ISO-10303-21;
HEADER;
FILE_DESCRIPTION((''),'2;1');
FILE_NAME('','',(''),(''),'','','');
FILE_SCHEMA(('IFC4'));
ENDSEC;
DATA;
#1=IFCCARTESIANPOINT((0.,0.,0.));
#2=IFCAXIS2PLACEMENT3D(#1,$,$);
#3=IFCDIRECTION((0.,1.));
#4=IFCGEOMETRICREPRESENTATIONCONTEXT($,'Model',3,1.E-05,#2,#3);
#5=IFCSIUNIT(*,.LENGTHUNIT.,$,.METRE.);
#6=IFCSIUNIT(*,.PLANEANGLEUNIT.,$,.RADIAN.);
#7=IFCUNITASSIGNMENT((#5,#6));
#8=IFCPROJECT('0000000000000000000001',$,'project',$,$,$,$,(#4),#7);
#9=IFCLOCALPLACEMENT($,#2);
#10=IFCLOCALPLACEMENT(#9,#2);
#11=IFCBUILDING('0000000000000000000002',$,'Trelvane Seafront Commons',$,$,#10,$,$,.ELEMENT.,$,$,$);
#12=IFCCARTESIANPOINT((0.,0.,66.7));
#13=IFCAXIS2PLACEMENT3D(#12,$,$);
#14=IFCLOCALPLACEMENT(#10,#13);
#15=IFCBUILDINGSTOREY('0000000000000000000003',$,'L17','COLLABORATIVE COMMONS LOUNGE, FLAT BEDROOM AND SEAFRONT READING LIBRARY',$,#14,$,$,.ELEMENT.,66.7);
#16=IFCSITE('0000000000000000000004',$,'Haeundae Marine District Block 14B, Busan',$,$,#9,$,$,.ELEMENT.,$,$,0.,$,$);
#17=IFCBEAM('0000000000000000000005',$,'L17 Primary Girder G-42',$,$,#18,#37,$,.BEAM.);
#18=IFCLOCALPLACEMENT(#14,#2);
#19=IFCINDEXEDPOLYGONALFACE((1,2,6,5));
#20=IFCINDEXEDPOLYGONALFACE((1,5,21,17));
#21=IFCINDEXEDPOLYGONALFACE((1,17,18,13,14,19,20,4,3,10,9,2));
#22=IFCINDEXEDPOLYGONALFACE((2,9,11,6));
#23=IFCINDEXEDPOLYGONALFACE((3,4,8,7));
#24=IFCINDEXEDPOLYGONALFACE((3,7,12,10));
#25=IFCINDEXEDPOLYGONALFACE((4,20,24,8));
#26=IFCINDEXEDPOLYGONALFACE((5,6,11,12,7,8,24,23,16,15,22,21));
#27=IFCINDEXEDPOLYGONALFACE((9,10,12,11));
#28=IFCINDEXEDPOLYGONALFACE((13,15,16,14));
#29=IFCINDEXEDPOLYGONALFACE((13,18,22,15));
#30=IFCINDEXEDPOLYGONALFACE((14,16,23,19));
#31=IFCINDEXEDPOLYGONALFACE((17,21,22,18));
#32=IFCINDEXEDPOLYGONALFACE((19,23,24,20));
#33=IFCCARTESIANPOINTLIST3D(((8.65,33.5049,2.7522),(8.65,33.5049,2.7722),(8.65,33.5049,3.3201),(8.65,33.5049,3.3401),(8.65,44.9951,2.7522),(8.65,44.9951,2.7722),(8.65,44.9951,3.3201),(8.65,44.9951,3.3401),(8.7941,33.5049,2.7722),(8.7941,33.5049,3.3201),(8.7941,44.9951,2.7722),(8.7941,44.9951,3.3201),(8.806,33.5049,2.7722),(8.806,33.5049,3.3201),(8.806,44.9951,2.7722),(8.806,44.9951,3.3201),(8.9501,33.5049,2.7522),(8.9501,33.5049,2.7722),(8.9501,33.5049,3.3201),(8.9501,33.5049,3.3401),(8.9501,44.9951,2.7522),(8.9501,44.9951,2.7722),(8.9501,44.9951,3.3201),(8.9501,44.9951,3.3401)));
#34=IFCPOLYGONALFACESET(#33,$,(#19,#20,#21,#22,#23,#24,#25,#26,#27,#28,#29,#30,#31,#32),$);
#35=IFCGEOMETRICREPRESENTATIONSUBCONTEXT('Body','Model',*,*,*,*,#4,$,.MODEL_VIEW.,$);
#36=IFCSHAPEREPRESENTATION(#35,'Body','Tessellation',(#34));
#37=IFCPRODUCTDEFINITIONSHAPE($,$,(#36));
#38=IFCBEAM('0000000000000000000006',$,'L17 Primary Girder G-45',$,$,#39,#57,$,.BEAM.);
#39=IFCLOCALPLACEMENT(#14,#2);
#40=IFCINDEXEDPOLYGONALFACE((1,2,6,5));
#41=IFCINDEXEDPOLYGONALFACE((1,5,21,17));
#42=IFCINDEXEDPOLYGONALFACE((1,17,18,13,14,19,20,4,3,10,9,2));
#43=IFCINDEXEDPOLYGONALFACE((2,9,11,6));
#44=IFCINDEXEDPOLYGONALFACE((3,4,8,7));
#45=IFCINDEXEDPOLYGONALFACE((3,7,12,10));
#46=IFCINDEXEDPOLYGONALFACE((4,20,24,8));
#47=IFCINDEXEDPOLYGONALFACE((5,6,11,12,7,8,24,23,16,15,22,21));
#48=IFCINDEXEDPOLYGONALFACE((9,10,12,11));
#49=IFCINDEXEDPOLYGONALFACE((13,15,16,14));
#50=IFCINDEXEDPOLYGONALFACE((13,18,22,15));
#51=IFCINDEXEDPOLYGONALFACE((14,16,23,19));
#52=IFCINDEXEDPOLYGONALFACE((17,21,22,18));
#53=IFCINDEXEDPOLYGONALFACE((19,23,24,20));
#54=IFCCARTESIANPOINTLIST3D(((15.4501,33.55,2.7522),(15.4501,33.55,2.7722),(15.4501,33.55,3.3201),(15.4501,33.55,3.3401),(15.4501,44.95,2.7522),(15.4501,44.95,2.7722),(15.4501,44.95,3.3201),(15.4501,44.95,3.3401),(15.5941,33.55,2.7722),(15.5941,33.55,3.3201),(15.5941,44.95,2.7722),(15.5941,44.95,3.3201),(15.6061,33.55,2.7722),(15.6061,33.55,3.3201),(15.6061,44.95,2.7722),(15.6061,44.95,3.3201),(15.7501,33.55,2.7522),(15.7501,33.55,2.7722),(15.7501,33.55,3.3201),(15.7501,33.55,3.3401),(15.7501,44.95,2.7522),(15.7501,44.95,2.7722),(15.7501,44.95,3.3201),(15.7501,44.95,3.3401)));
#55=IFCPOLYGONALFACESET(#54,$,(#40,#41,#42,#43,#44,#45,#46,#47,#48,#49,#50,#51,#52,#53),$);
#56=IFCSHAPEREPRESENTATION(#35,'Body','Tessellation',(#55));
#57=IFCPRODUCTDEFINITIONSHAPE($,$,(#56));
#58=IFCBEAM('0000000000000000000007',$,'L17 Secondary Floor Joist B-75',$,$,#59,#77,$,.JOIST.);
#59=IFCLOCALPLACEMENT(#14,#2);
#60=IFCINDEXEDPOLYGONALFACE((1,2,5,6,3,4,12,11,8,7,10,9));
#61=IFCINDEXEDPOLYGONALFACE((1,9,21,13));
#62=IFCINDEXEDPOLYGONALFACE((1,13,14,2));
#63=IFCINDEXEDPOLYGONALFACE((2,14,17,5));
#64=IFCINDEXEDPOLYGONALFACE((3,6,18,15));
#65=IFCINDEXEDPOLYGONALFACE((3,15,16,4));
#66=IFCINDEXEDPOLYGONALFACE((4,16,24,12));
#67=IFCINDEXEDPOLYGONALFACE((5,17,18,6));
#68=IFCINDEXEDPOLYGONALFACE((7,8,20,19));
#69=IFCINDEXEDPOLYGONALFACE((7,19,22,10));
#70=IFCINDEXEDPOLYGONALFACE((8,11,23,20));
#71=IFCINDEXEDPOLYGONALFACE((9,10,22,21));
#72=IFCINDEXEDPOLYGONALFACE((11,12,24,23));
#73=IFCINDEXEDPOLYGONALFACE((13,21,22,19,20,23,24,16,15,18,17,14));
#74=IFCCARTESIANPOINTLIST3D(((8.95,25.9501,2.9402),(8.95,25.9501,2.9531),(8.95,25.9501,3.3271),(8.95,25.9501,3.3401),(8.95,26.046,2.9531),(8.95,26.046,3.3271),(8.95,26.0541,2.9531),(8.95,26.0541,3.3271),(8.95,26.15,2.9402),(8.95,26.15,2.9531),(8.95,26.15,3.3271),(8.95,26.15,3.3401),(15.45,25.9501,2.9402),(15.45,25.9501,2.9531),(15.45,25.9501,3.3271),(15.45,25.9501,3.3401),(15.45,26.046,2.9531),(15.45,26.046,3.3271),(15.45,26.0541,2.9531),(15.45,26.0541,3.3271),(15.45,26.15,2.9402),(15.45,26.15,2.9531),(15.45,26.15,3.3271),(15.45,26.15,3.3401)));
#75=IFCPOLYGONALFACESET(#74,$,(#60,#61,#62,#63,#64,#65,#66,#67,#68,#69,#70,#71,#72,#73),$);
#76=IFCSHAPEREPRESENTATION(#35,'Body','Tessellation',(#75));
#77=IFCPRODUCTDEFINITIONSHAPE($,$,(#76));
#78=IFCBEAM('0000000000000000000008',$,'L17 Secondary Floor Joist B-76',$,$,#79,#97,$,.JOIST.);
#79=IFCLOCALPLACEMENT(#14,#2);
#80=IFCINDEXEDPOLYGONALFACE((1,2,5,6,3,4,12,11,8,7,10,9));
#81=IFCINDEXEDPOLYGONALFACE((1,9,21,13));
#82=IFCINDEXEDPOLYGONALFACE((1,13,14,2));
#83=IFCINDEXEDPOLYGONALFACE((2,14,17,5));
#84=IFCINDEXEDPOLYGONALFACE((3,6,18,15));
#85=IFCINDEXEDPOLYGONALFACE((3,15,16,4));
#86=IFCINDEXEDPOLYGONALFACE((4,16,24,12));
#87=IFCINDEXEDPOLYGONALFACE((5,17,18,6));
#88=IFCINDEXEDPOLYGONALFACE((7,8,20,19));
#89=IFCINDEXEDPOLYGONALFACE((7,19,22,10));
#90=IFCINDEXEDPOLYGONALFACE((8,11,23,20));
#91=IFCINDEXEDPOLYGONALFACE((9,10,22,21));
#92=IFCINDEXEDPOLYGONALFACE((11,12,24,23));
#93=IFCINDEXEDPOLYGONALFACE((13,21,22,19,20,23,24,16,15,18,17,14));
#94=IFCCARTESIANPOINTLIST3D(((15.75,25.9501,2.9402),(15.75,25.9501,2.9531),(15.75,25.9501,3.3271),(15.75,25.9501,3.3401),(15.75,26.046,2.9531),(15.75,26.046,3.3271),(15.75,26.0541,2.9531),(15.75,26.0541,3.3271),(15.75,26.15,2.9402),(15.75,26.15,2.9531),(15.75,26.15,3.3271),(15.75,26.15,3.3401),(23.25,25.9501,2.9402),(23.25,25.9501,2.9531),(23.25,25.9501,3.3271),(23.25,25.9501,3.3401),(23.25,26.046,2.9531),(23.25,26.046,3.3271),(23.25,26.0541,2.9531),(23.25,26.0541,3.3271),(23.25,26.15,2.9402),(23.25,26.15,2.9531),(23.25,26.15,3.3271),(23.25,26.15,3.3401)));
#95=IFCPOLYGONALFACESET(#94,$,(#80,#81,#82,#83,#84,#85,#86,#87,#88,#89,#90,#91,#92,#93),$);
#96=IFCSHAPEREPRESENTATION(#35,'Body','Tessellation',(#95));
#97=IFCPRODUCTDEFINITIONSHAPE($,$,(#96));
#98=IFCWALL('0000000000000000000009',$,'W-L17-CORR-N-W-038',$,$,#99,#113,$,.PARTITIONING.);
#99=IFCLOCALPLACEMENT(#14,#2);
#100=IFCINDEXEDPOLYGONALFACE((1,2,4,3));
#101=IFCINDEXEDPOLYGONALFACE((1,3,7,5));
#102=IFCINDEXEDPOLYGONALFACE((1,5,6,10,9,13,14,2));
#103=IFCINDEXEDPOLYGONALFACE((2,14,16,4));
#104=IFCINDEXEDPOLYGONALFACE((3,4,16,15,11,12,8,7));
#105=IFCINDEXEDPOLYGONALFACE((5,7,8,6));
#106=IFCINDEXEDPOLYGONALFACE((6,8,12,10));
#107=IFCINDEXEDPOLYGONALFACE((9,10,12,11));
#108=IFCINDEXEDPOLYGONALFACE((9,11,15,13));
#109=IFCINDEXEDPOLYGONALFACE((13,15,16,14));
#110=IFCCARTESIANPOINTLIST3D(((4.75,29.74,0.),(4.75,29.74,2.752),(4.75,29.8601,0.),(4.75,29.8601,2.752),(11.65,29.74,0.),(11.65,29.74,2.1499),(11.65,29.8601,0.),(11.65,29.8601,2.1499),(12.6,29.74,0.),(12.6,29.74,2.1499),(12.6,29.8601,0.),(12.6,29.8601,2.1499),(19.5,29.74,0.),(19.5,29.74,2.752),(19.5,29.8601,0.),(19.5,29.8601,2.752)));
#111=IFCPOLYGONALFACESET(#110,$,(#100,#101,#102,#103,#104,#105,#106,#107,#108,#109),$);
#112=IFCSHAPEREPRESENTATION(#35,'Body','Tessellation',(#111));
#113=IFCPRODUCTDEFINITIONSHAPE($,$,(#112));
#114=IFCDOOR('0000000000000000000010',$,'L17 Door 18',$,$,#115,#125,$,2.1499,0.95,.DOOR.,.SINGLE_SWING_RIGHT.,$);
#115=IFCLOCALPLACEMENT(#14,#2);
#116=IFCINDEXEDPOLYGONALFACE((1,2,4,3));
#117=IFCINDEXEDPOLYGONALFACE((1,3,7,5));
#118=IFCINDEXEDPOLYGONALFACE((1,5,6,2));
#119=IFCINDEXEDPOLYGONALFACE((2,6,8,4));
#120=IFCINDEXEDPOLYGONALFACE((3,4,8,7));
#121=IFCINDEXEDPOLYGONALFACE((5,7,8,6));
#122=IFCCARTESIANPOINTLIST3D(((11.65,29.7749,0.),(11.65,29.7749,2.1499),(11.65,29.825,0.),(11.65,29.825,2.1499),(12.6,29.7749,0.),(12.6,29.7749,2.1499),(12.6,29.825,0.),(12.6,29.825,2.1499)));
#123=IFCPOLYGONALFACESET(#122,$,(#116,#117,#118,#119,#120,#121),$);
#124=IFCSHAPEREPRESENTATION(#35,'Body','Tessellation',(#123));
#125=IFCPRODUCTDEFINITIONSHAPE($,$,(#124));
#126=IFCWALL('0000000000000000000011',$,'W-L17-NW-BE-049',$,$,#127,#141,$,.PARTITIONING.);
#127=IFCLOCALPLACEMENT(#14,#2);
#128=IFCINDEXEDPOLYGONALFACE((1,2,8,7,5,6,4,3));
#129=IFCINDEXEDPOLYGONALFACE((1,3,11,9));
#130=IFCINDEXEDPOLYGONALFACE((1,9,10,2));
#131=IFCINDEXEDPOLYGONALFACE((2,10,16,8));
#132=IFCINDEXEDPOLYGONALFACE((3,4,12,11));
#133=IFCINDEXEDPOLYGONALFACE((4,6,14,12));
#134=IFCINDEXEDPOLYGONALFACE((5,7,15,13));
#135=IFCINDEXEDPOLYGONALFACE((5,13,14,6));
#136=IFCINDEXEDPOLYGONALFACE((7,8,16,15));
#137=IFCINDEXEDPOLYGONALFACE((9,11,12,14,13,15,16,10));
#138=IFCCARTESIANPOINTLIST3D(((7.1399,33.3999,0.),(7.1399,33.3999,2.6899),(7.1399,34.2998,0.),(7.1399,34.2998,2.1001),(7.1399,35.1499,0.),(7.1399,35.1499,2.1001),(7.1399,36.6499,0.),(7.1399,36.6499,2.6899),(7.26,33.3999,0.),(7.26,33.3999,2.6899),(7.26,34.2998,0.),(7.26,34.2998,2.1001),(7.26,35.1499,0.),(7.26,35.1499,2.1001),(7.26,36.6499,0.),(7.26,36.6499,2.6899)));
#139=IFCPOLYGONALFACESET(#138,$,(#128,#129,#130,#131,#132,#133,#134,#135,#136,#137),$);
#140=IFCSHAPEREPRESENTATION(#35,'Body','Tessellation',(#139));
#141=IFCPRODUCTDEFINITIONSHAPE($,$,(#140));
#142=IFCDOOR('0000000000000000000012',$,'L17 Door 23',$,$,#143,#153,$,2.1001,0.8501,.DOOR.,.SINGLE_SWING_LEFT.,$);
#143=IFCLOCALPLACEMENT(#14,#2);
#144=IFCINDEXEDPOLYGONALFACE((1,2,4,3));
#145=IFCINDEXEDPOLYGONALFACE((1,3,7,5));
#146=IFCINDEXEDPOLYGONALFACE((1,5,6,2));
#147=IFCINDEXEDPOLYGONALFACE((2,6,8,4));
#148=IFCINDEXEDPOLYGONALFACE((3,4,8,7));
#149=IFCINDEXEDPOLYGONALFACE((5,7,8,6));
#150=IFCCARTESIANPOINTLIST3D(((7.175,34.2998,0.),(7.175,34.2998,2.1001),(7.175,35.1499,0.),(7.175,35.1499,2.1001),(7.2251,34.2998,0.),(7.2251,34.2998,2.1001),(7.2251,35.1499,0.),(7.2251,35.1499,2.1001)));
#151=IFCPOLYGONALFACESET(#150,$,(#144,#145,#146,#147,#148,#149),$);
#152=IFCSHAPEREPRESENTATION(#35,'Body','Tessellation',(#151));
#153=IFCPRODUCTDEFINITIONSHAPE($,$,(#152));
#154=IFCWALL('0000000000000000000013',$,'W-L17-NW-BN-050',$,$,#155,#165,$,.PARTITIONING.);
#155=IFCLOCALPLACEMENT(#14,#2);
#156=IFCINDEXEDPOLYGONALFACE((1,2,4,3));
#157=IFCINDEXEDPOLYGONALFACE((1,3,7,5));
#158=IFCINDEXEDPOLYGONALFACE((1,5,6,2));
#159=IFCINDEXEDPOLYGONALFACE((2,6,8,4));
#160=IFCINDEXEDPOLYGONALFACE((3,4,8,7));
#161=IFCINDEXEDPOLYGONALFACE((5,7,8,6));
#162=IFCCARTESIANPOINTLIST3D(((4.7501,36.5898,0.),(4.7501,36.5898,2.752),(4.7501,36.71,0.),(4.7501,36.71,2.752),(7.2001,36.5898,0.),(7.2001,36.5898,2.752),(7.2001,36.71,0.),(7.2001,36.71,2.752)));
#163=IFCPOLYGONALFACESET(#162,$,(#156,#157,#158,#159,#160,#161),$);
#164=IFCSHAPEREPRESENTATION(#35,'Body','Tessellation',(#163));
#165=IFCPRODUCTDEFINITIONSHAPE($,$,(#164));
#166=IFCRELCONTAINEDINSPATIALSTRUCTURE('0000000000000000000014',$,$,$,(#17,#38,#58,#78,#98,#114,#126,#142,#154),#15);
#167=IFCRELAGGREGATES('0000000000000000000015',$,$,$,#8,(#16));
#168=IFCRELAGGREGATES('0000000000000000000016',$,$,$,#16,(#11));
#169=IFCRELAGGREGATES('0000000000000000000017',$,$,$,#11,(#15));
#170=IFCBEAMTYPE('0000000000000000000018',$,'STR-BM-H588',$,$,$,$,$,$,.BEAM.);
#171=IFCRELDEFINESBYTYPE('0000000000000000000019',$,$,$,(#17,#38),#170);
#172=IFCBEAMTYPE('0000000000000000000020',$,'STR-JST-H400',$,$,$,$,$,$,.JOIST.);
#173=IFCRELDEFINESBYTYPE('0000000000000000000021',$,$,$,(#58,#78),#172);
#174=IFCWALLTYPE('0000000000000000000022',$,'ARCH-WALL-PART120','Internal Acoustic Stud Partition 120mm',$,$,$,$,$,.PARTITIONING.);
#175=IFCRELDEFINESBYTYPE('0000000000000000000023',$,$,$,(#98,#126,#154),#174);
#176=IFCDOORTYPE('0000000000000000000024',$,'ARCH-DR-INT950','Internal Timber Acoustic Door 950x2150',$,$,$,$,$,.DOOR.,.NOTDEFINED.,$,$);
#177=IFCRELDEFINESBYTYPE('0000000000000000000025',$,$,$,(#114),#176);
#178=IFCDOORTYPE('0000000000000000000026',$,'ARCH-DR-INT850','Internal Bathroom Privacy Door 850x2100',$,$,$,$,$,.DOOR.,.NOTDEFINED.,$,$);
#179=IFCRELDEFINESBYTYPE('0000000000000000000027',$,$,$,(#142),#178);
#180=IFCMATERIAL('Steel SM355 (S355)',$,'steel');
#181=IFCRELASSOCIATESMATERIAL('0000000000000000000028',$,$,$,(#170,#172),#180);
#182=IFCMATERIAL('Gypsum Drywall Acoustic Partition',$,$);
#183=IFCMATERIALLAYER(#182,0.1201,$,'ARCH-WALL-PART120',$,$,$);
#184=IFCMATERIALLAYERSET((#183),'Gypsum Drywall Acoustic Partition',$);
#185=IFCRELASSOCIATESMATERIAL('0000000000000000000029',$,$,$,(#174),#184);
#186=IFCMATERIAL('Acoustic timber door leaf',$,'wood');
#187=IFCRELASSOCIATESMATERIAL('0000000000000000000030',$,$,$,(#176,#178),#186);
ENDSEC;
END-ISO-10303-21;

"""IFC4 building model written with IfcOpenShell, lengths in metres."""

from ifc_helpers import new_model, si_unit, direction, frame, frame_2d, origin, origin_2d, place, context, subcontext, project, spatial, rectangle, i_section, extrude, source, transform, mapped, material, layer, layer_set, material_profile, profile_set, type_object, element, fill, save


model = new_model("IFC4")

# Units and contexts
model_context = context("Model", 3, precision=1e-05, world=origin(), true_north=direction((0.0, 1.0)))
body_context = subcontext(model_context, "Body", "Model", "MODEL_VIEW")
ifc_project = project(units=[si_unit("LENGTHUNIT", "METRE"), si_unit("PLANEANGLEUNIT", "RADIAN")], contexts=[model_context])

# Site, building, storey
site_placement = place(None, origin())
site = spatial("IfcSite", under=ifc_project, at=site_placement, Name="Haeundae Marine District Block 14B, Busan", CompositionType="ELEMENT", RefElevation=0.0)
building_placement = place(site_placement, origin())
building = spatial("IfcBuilding", under=site, at=building_placement, Name="Trelvane Seafront Commons", CompositionType="ELEMENT")
storey_placement = place(building_placement, frame((0.0, 0.0, 66.7)))
storey = spatial("IfcBuildingStorey", under=building, at=storey_placement, Name="L17", Description="COLLABORATIVE COMMONS LOUNGE, FLAT BEDROOM AND SEAFRONT READING LIBRARY", CompositionType="ELEMENT", Elevation=66.7)

# Shared definitions
ifc_material_1 = material(Name="Steel SM355 (S355)", Category="steel")

# Beams
ifc_material_profile_1 = material_profile(ifc_material_1, i_section(OverallWidth=0.3, OverallDepth=0.5879, WebThickness=0.012, FlangeThickness=0.02, at=origin_2d()), Name="H-588x300x12x20")
ifc_profile_set_1 = profile_set([ifc_material_profile_1], Name="Steel SM355 (S355)")
beam_type_1 = type_object("IfcBeamType", Name="STR-BM-H588", PredefinedType="BEAM", material=ifc_profile_set_1)
shared_shape_1 = source(origin(), body_context, "Body", "SweptSolid", [
    extrude(i_section(OverallWidth=0.3, OverallDepth=0.5879, WebThickness=0.012, FlangeThickness=0.02, at=origin_2d()), origin(), (0.0, 0.0, 1.0), 11.4902),
])
for number, where, z_axis, x_axis, name in (
    (1, (8.8, 33.5049, 3.0461), (0.0, 1.0, 0.0), (-1.0, 0.0, 0.0), "L17 Primary Girder G-42"),
):
    element("IfcBeam", number, at=place(storey_placement, frame(where, z_axis=z_axis, x_axis=x_axis)), inside=storey, type_object=beam_type_1, Name=name, PredefinedType="BEAM", context=body_context, shape_type="MappedRepresentation", body=[
        mapped(shared_shape_1, transform((0.0, 0.0, 0.0), x_axis=(1.0, 0.0, 0.0), y_axis=(0.0, 1.0, 0.0), z_axis=(0.0, 0.0, 1.0), scale=1.0)),
    ])
shared_shape_2 = source(origin(), body_context, "Body", "SweptSolid", [
    extrude(i_section(OverallWidth=0.3, OverallDepth=0.5879, WebThickness=0.012, FlangeThickness=0.02, at=origin_2d()), origin(), (0.0, 0.0, 1.0), 11.3999),
])
beam_1_placement = place(storey_placement, frame((15.6001, 33.55, 3.0461), z_axis=(0.0, 1.0, 0.0), x_axis=(-1.0, 0.0, 0.0)))
element("IfcBeam", 2, at=beam_1_placement, inside=storey, type_object=beam_type_1, Name="L17 Primary Girder G-45", PredefinedType="BEAM", context=body_context, shape_type="MappedRepresentation", body=[
    mapped(shared_shape_2, transform((0.0, 0.0, 0.0), x_axis=(1.0, 0.0, 0.0), y_axis=(0.0, 1.0, 0.0), z_axis=(0.0, 0.0, 1.0), scale=1.0)),
])
ifc_material_profile_2 = material_profile(ifc_material_1, i_section(OverallWidth=0.2, OverallDepth=0.3999, WebThickness=0.0081, FlangeThickness=0.0129, at=origin_2d()), Name="H-400x200x8x13")
ifc_profile_set_2 = profile_set([ifc_material_profile_2], Name="Steel SM355 (S355)")
beam_type_2 = type_object("IfcBeamType", Name="STR-JST-H400", PredefinedType="JOIST", material=ifc_profile_set_2)
shared_shape_3 = source(origin(), body_context, "Body", "SweptSolid", [
    extrude(i_section(OverallWidth=0.2, OverallDepth=0.3999, WebThickness=0.0081, FlangeThickness=0.0129, at=origin_2d()), origin(), (0.0, 0.0, 1.0), 6.5),
])
beam_2_placement = place(storey_placement, frame((8.95, 26.05, 3.1401), z_axis=(1.0, 0.0, 0.0), x_axis=(0.0, 1.0, 0.0)))
element("IfcBeam", 3, at=beam_2_placement, inside=storey, type_object=beam_type_2, Name="L17 Secondary Floor Joist B-75", PredefinedType="JOIST", context=body_context, shape_type="MappedRepresentation", body=[
    mapped(shared_shape_3, transform((0.0, 0.0, 0.0), x_axis=(1.0, 0.0, 0.0), y_axis=(0.0, 1.0, 0.0), z_axis=(0.0, 0.0, 1.0), scale=1.0)),
])
shared_shape_4 = source(origin(), body_context, "Body", "SweptSolid", [
    extrude(i_section(OverallWidth=0.2, OverallDepth=0.3999, WebThickness=0.0081, FlangeThickness=0.0129, at=origin_2d()), origin(), (0.0, 0.0, 1.0), 7.5),
])
beam_3_placement = place(storey_placement, frame((15.75, 26.05, 3.1401), z_axis=(1.0, 0.0, 0.0), x_axis=(0.0, 1.0, 0.0)))
element("IfcBeam", 4, at=beam_3_placement, inside=storey, type_object=beam_type_2, Name="L17 Secondary Floor Joist B-76", PredefinedType="JOIST", context=body_context, shape_type="MappedRepresentation", body=[
    mapped(shared_shape_4, transform((0.0, 0.0, 0.0), x_axis=(1.0, 0.0, 0.0), y_axis=(0.0, 1.0, 0.0), z_axis=(0.0, 0.0, 1.0), scale=1.0)),
])

# Walls, openings, doors
ifc_material_2 = material(Name="Gypsum Drywall Acoustic Partition")
ifc_layer_1 = layer(ifc_material_2, 0.1201, Name="ARCH-WALL-PART120")
ifc_layer_set_1 = layer_set([ifc_layer_1], Name="Gypsum Drywall Acoustic Partition")
wall_type_1 = type_object("IfcWallType", Name="ARCH-WALL-PART120", Description="Internal Acoustic Stud Partition 120mm", PredefinedType="PARTITIONING", material=ifc_layer_set_1)
wall_1_placement = place(storey_placement, frame((4.75, 29.8, 0.0), z_axis=(0.0, 0.0, 1.0), x_axis=(1.0, 0.0, 0.0)))
wall_1 = element("IfcWall", 5, at=wall_1_placement, inside=storey, type_object=wall_type_1, Name="W-L17-CORR-N-W-038", PredefinedType="PARTITIONING", context=body_context, shape_type="SweptSolid", body=[
    extrude(rectangle(XDim=14.75, YDim=0.1201, at=frame_2d((7.375, 0.0))), origin(), (0.0, 0.0, 1.0), 2.752),
])
opening_1_placement = place(wall_1_placement, frame((6.8999, 0.0, 0.0)))
opening_1 = element("IfcOpeningElement", 6, at=opening_1_placement, cuts=wall_1, PredefinedType="OPENING", context=body_context, shape_type="SweptSolid", body=[
    extrude(rectangle(XDim=0.95, YDim=2.1499, at=frame_2d((0.4751, 1.075))), frame((0.0, 0.0701, 0.0), z_axis=(0.0, -1.0, 0.0), x_axis=(1.0, 0.0, 0.0)), (0.0, 0.0, 1.0), 0.1401),
])
ifc_material_3 = material(Name="Acoustic timber door leaf", Category="wood")
door_type_1 = type_object("IfcDoorType", Name="ARCH-DR-INT950", Description="Internal Timber Acoustic Door 950x2150", OperationType="NOTDEFINED", PredefinedType="DOOR", material=ifc_material_3)
shared_shape_5 = source(origin(), body_context, "Body", "SweptSolid", [
    extrude(rectangle(XDim=0.95, YDim=2.1499, at=frame_2d((0.4751, 1.075))), frame((0.0, 0.0249, 0.0), z_axis=(0.0, -1.0, 0.0), x_axis=(1.0, 0.0, 0.0)), (0.0, 0.0, 1.0), 0.05),
])
door_1_placement = place(opening_1_placement, origin())
door_1 = element("IfcDoor", 7, at=door_1_placement, inside=storey, type_object=door_type_1, Name="L17 Door 18", OperationType="SINGLE_SWING_RIGHT", OverallHeight=2.1499, OverallWidth=0.95, PredefinedType="DOOR", context=body_context, shape_type="MappedRepresentation", body=[
    mapped(shared_shape_5, transform((0.0, 0.0, 0.0), x_axis=(1.0, 0.0, 0.0), y_axis=(0.0, 1.0, 0.0), z_axis=(0.0, 0.0, 1.0), scale=1.0)),
])
fill(opening_1, door_1)
wall_2_placement = place(storey_placement, frame((7.2, 33.3999, 0.0), z_axis=(0.0, 0.0, 1.0), x_axis=(0.0, 1.0, 0.0)))
wall_2 = element("IfcWall", 8, at=wall_2_placement, inside=storey, type_object=wall_type_1, Name="W-L17-NW-BE-049", PredefinedType="PARTITIONING", context=body_context, shape_type="SweptSolid", body=[
    extrude(rectangle(XDim=3.25, YDim=0.1201, at=frame_2d((1.625, 0.0))), origin(), (0.0, 0.0, 1.0), 2.6899),
])
opening_2_placement = place(wall_2_placement, frame((0.8999, 0.0, 0.0)))
opening_2 = element("IfcOpeningElement", 9, at=opening_2_placement, cuts=wall_2, PredefinedType="OPENING", context=body_context, shape_type="SweptSolid", body=[
    extrude(rectangle(XDim=0.8501, YDim=2.1001, at=frame_2d((0.425, 1.05))), frame((0.0, 0.0701, 0.0), z_axis=(0.0, -1.0, 0.0), x_axis=(1.0, 0.0, 0.0)), (0.0, 0.0, 1.0), 0.1401),
])
door_type_2 = type_object("IfcDoorType", Name="ARCH-DR-INT850", Description="Internal Bathroom Privacy Door 850x2100", OperationType="NOTDEFINED", PredefinedType="DOOR", material=ifc_material_3)
shared_shape_6 = source(origin(), body_context, "Body", "SweptSolid", [
    extrude(rectangle(XDim=0.8501, YDim=2.1001, at=frame_2d((0.425, 1.05))), frame((0.0, 0.0249, 0.0), z_axis=(0.0, -1.0, 0.0), x_axis=(1.0, 0.0, 0.0)), (0.0, 0.0, 1.0), 0.05),
])
door_2_placement = place(opening_2_placement, origin())
door_2 = element("IfcDoor", 10, at=door_2_placement, inside=storey, type_object=door_type_2, Name="L17 Door 23", OperationType="SINGLE_SWING_LEFT", OverallHeight=2.1001, OverallWidth=0.8501, PredefinedType="DOOR", context=body_context, shape_type="MappedRepresentation", body=[
    mapped(shared_shape_6, transform((0.0, 0.0, 0.0), x_axis=(1.0, 0.0, 0.0), y_axis=(0.0, 1.0, 0.0), z_axis=(0.0, 0.0, 1.0), scale=1.0)),
])
fill(opening_2, door_2)

# Wall
wall_3_placement = place(storey_placement, frame((4.75, 36.6499, 0.0), z_axis=(0.0, 0.0, 1.0), x_axis=(1.0, 0.0, 0.0)))
element("IfcWall", 11, at=wall_3_placement, inside=storey, type_object=wall_type_1, Name="W-L17-NW-BN-050", PredefinedType="PARTITIONING", context=body_context, shape_type="SweptSolid", body=[
    extrude(rectangle(XDim=2.45, YDim=0.1201, at=frame_2d((1.2251, 0.0))), origin(), (0.0, 0.0, 1.0), 2.752),
])

save(model, "model.ifc")
